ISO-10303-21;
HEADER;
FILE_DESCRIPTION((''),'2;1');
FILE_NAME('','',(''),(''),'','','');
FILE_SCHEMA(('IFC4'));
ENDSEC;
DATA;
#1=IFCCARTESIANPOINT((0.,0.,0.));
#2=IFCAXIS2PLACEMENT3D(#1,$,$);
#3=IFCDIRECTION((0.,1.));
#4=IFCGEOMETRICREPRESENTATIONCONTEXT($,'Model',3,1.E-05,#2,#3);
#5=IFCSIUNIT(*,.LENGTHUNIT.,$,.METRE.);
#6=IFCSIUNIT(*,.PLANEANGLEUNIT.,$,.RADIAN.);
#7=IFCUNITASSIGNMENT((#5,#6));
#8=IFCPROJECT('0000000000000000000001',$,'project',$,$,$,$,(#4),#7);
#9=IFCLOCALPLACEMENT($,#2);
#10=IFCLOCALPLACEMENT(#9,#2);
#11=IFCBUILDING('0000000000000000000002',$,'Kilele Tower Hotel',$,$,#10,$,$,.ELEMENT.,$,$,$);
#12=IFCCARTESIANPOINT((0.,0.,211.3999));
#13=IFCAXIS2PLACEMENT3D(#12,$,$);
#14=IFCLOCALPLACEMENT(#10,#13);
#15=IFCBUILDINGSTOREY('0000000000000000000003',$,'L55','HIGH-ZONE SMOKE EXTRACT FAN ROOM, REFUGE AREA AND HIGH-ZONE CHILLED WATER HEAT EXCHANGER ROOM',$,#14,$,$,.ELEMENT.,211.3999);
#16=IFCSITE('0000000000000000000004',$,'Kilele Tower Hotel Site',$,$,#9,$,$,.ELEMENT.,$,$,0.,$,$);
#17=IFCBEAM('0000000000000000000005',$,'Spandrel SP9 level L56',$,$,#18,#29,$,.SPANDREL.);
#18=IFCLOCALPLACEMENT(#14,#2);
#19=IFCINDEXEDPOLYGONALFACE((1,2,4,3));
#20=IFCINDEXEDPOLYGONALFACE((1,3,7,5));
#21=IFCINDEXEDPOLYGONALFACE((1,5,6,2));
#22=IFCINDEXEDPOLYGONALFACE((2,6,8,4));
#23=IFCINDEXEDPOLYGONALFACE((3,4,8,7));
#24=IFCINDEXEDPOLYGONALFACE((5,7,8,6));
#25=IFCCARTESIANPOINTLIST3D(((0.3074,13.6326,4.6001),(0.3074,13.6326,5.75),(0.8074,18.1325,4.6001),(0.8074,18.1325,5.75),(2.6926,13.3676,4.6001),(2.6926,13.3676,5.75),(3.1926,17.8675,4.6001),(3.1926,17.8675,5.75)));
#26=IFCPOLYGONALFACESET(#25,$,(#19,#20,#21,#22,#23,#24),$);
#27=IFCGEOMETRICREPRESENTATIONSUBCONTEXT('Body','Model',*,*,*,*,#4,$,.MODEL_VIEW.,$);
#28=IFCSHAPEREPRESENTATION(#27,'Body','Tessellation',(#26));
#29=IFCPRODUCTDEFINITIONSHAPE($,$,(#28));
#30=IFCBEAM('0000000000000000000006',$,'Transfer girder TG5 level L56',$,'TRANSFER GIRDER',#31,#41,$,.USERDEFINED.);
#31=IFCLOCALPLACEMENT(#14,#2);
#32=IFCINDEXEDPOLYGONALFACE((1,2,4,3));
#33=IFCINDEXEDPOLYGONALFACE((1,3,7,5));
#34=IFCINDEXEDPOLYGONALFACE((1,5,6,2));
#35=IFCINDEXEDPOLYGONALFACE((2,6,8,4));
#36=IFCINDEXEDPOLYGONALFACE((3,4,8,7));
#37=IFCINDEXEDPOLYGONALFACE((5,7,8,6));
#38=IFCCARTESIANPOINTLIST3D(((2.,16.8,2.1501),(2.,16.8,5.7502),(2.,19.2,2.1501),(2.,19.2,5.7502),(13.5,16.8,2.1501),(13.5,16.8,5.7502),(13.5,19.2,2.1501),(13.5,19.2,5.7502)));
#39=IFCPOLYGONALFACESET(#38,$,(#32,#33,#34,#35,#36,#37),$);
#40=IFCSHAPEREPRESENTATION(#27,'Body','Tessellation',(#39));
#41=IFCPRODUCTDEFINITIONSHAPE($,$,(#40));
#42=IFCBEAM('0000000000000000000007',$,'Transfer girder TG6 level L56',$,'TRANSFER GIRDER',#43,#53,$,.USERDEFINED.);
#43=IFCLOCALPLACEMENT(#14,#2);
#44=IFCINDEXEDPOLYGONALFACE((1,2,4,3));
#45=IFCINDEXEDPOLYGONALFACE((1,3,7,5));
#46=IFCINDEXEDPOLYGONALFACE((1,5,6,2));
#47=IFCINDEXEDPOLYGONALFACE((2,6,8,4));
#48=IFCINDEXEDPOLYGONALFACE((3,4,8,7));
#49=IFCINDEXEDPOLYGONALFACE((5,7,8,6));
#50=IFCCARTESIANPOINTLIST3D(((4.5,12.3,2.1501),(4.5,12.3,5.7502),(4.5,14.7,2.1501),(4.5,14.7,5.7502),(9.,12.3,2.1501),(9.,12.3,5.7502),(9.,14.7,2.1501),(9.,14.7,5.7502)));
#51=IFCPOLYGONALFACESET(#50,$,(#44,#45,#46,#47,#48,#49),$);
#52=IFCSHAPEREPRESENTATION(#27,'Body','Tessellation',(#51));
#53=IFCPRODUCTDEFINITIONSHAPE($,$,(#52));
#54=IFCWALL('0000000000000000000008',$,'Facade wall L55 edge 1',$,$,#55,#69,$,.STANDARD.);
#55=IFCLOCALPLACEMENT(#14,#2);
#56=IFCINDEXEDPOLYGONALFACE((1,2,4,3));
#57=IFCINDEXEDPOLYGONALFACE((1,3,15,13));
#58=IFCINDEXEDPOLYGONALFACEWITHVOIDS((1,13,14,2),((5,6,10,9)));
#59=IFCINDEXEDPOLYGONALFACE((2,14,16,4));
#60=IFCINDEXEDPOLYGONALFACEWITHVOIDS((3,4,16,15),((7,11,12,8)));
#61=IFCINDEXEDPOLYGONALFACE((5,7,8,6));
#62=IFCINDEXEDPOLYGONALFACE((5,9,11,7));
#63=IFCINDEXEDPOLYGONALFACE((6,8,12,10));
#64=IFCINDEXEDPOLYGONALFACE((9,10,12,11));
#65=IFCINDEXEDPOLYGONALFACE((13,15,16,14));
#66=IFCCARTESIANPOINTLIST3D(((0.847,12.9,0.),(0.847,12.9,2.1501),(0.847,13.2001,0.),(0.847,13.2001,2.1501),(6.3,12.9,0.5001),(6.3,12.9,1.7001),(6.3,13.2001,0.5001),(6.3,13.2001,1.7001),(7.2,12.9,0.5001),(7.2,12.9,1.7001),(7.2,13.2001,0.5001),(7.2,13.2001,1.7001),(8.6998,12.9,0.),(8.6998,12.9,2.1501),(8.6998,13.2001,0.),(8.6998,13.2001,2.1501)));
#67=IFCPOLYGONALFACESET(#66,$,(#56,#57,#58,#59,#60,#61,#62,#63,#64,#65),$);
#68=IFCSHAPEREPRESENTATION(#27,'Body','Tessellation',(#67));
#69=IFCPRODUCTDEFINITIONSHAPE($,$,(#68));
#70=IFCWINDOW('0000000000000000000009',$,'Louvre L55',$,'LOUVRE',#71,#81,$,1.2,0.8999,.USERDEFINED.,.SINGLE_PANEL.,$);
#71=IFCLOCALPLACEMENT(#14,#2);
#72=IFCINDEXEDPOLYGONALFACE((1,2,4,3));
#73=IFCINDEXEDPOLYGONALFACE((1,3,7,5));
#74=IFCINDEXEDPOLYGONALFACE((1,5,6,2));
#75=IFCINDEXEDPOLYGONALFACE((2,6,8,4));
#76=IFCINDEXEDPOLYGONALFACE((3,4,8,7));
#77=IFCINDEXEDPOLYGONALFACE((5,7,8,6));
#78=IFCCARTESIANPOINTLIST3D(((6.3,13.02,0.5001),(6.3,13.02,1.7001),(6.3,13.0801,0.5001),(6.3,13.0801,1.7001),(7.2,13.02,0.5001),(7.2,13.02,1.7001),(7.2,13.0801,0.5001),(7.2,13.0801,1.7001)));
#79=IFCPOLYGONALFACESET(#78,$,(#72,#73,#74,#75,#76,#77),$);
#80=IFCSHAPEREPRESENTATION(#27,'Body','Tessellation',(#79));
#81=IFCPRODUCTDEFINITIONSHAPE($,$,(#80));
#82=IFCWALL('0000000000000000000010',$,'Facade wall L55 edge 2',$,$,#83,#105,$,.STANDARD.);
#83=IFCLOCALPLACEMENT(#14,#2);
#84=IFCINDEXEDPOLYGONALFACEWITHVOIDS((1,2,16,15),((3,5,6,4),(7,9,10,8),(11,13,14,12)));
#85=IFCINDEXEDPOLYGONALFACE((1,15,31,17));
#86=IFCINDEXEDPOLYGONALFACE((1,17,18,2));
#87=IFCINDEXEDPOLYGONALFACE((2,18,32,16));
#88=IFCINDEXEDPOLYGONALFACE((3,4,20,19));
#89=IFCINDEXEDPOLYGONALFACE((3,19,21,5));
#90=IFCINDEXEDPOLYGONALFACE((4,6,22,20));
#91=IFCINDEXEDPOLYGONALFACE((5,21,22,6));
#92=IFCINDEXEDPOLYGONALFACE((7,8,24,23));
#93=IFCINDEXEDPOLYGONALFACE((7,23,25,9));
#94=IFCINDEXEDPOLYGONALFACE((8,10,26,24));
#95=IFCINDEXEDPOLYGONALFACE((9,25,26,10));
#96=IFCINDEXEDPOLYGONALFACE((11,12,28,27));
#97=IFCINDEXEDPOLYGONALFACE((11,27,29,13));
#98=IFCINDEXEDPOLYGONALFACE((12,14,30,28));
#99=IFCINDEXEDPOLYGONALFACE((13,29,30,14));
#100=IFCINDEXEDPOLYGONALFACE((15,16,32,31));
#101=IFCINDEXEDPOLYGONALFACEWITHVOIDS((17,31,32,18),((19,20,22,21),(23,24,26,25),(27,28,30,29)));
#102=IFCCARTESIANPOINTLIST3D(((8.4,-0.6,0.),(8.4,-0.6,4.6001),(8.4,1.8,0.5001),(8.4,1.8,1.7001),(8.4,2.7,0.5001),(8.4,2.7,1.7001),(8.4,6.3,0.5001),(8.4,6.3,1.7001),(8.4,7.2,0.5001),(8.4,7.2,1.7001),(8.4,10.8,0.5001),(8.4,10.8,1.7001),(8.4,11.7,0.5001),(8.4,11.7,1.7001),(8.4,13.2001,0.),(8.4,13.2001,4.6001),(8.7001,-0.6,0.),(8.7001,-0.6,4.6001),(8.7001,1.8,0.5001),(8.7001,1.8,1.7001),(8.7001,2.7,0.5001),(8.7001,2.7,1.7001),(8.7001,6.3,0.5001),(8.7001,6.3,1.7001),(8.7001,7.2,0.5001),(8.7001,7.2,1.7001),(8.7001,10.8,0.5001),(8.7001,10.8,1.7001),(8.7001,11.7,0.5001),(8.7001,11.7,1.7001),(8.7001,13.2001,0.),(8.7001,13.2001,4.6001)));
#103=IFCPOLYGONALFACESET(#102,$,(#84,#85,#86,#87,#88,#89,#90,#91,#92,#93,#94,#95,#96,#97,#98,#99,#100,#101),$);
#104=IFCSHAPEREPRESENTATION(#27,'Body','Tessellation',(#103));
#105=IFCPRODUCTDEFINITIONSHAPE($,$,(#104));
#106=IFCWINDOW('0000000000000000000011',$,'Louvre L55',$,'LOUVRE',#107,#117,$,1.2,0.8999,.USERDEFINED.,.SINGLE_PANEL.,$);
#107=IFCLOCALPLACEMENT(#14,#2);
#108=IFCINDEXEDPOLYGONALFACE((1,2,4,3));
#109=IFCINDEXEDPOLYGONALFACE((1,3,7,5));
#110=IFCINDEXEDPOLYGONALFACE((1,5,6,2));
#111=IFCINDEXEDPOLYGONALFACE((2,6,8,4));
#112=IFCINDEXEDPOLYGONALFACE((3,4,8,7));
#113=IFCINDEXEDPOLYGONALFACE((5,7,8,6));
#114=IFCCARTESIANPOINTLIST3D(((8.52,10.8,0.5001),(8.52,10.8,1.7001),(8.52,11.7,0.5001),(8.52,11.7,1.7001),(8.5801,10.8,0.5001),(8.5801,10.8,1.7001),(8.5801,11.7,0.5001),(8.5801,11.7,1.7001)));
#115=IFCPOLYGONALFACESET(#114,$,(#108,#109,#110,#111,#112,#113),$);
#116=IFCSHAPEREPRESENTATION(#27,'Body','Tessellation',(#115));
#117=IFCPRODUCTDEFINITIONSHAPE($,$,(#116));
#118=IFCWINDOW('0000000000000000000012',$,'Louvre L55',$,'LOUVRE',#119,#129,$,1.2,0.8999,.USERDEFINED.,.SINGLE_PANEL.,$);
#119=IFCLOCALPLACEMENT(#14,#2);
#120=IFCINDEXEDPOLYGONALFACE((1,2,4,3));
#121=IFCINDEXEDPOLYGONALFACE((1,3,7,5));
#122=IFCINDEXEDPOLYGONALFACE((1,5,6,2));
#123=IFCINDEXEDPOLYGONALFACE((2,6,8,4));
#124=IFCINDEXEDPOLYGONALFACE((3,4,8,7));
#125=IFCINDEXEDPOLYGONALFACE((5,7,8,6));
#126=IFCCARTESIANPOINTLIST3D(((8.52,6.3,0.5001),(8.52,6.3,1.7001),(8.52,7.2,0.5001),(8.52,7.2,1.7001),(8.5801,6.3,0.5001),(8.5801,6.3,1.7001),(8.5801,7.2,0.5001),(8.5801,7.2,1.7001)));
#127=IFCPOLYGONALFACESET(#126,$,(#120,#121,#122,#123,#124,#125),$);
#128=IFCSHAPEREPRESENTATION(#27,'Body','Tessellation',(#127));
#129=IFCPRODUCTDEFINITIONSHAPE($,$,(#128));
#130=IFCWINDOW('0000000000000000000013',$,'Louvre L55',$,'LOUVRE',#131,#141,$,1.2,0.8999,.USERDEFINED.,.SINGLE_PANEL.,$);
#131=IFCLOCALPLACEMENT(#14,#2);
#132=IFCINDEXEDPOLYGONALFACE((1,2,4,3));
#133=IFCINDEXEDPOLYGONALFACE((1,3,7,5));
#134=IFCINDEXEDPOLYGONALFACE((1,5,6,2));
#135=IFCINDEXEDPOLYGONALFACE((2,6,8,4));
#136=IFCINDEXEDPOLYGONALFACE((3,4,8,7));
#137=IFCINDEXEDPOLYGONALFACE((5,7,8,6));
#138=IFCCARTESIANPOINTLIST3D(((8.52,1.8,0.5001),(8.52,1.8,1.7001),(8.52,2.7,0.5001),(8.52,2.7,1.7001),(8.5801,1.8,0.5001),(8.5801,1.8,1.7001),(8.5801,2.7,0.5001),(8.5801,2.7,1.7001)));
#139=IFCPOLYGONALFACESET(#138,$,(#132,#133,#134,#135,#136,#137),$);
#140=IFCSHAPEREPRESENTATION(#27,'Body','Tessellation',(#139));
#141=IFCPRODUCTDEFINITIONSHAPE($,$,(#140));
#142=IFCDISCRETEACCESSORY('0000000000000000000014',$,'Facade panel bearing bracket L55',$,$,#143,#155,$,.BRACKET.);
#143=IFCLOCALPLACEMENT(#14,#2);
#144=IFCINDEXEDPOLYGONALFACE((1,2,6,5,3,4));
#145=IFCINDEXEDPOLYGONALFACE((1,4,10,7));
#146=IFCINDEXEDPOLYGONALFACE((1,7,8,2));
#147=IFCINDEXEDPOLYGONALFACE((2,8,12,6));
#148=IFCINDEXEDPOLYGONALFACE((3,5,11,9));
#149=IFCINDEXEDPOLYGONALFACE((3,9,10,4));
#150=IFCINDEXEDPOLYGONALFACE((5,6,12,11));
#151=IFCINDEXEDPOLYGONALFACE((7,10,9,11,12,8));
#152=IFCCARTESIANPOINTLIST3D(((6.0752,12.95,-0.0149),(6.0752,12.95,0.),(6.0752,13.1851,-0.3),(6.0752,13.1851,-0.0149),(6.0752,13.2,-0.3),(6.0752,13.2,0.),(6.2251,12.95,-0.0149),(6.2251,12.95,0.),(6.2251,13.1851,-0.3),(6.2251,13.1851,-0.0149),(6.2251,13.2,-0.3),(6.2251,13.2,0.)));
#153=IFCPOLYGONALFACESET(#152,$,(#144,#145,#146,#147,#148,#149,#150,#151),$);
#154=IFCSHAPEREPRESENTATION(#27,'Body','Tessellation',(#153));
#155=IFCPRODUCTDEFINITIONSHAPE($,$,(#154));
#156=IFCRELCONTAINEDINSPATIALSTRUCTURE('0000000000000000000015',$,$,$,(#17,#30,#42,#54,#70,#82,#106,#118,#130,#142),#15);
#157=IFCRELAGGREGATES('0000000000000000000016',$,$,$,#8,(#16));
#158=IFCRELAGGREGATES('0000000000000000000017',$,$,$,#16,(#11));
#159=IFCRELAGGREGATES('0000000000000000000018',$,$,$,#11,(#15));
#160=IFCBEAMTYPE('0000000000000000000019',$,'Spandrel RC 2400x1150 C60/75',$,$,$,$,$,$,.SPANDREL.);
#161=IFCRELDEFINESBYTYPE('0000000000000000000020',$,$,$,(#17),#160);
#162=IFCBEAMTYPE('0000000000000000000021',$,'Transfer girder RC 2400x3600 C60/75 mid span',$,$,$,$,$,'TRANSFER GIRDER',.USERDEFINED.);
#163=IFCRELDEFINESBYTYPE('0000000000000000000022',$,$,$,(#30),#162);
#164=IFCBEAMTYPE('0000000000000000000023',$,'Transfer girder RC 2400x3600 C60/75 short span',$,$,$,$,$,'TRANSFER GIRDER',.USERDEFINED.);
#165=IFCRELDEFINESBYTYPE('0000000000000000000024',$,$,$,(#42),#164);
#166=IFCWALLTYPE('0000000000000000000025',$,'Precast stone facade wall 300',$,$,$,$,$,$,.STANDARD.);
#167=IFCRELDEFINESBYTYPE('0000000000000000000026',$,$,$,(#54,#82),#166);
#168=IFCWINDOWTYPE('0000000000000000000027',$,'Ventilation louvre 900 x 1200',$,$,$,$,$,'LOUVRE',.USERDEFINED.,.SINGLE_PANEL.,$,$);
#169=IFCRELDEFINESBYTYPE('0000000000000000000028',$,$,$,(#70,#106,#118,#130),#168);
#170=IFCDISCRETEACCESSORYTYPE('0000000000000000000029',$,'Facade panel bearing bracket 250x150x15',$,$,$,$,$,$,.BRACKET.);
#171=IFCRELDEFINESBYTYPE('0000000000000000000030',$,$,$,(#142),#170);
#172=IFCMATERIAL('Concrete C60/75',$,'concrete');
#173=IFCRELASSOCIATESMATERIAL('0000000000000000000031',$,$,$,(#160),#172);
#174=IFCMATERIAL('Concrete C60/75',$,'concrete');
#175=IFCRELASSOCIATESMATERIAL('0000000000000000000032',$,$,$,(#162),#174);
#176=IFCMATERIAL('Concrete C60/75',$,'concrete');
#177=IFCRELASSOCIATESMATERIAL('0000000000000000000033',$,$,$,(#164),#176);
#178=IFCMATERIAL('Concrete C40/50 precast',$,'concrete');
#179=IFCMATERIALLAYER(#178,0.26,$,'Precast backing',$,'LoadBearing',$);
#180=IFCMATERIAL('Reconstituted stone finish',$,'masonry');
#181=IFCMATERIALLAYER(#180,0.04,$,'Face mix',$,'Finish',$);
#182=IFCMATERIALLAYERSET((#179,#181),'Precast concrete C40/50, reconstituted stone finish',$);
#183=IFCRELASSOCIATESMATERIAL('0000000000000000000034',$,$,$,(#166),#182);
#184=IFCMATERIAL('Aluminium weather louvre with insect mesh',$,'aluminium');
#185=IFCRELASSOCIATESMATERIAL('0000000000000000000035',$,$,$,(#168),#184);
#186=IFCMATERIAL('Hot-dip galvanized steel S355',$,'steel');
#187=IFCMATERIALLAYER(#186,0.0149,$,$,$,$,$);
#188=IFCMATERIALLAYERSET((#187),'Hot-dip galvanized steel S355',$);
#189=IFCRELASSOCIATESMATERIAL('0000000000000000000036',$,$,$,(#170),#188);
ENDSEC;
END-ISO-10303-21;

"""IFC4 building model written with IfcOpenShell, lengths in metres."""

from ifc_helpers import new_model, si_unit, direction, frame, frame_2d, origin, origin_2d, place, context, subcontext, project, spatial, polyline, rectangle, outline, extrude, source, transform, mapped, material, layer, layer_set, material_profile, profile_set, type_object, element, fill, save


model = new_model("IFC4")

# Units and contexts
model_context = context("Model", 3, precision=1e-05, world=origin(), true_north=direction((0.0, 1.0)))
body_context = subcontext(model_context, "Body", "Model", "MODEL_VIEW")
ifc_project = project(units=[si_unit("LENGTHUNIT", "METRE"), si_unit("PLANEANGLEUNIT", "RADIAN")], contexts=[model_context])

# Site, building, storey
site_placement = place(None, origin())
site = spatial("IfcSite", under=ifc_project, at=site_placement, Name="Kilele Tower Hotel Site", CompositionType="ELEMENT", RefElevation=0.0)
building_placement = place(site_placement, origin())
building = spatial("IfcBuilding", under=site, at=building_placement, Name="Kilele Tower Hotel", CompositionType="ELEMENT")
storey_placement = place(building_placement, frame((0.0, 0.0, 211.3999)))
storey = spatial("IfcBuildingStorey", under=building, at=storey_placement, Name="L55", Description="HIGH-ZONE SMOKE EXTRACT FAN ROOM, REFUGE AREA AND HIGH-ZONE CHILLED WATER HEAT EXCHANGER ROOM", CompositionType="ELEMENT", Elevation=211.3999)

# Beams
ifc_material_1 = material(Name="Concrete C60/75", Category="concrete")
ifc_material_profile_1 = material_profile(ifc_material_1, rectangle(XDim=2.3999, YDim=1.1499, at=origin_2d()))
ifc_profile_set_1 = profile_set([ifc_material_profile_1], Name="Concrete C60/75")
beam_type_1 = type_object("IfcBeamType", Name="Spandrel RC 2400x1150 C60/75", PredefinedType="SPANDREL", material=ifc_profile_set_1)
beam_1_placement = place(storey_placement, frame((2.0, 18.0, 5.175), z_axis=(-0.110432, -0.993884, 0.0), x_axis=(0.993884, -0.110432, 0.0)))
element("IfcBeam", 1, at=beam_1_placement, inside=storey, type_object=beam_type_1, Name="Spandrel SP9 level L56", PredefinedType="SPANDREL", context=body_context, shape_type="SweptSolid", body=[
    extrude(rectangle(XDim=2.3999, YDim=1.1499, at=origin_2d()), origin(), (0.0, 0.0, 1.0), 4.5276),
])
ifc_material_2 = material(Name="Concrete C60/75", Category="concrete")
ifc_material_profile_2 = material_profile(ifc_material_2, rectangle(XDim=2.3999, YDim=3.6001, at=origin_2d()))
ifc_profile_set_2 = profile_set([ifc_material_profile_2], Name="Concrete C60/75")
beam_type_2 = type_object("IfcBeamType", Name="Transfer girder RC 2400x3600 C60/75 mid span", ElementType="TRANSFER GIRDER", PredefinedType="USERDEFINED", material=ifc_profile_set_2)
beam_2_placement = place(storey_placement, frame((2.0, 18.0, 3.9502), z_axis=(1.0, 0.0, 0.0), x_axis=(0.0, 1.0, 0.0)))
element("IfcBeam", 2, at=beam_2_placement, inside=storey, type_object=beam_type_2, Name="Transfer girder TG5 level L56", ObjectType="TRANSFER GIRDER", PredefinedType="USERDEFINED", context=body_context, shape_type="SweptSolid", body=[
    extrude(rectangle(XDim=2.3999, YDim=3.6001, at=origin_2d()), origin(), (0.0, 0.0, 1.0), 11.5),
])
ifc_material_3 = material(Name="Concrete C60/75", Category="concrete")
ifc_material_profile_3 = material_profile(ifc_material_3, rectangle(XDim=2.3999, YDim=3.6001, at=origin_2d()))
ifc_profile_set_3 = profile_set([ifc_material_profile_3], Name="Concrete C60/75")
beam_type_3 = type_object("IfcBeamType", Name="Transfer girder RC 2400x3600 C60/75 short span", ElementType="TRANSFER GIRDER", PredefinedType="USERDEFINED", material=ifc_profile_set_3)
beam_3_placement = place(storey_placement, frame((4.5, 13.5, 3.9502), z_axis=(1.0, 0.0, 0.0), x_axis=(0.0, 1.0, 0.0)))
element("IfcBeam", 3, at=beam_3_placement, inside=storey, type_object=beam_type_3, Name="Transfer girder TG6 level L56", ObjectType="TRANSFER GIRDER", PredefinedType="USERDEFINED", context=body_context, shape_type="SweptSolid", body=[
    extrude(rectangle(XDim=2.3999, YDim=3.6001, at=origin_2d()), origin(), (0.0, 0.0, 1.0), 4.5),
])

# Wall, opening, window
ifc_material_4 = material(Name="Concrete C40/50 precast", Category="concrete")
ifc_layer_1 = layer(ifc_material_4, 0.26, Name="Precast backing", Category="LoadBearing")
ifc_material_5 = material(Name="Reconstituted stone finish", Category="masonry")
ifc_layer_2 = layer(ifc_material_5, 0.04, Name="Face mix", Category="Finish")
ifc_layer_set_1 = layer_set([ifc_layer_1, ifc_layer_2], Name="Precast concrete C40/50, reconstituted stone finish")
wall_type = type_object("IfcWallType", Name="Precast stone facade wall 300", PredefinedType="STANDARD", material=ifc_layer_set_1)
wall_1_placement = place(storey_placement, frame((0.8472, 13.05, 0.0), z_axis=(0.0, 0.0, 1.0), x_axis=(1.0, 0.0, 0.0)))
wall_1 = element("IfcWall", 4, at=wall_1_placement, inside=storey, type_object=wall_type, Name="Facade wall L55 edge 1", PredefinedType="STANDARD", context=body_context, shape_type="SweptSolid", body=[
    extrude(rectangle(XDim=7.8528, YDim=0.3, at=frame_2d((3.9263, 0.0))), origin(), (0.0, 0.0, 1.0), 2.1501),
])
opening_1_placement = place(wall_1_placement, frame((5.4529, 0.0, 0.5)))
opening_1 = element("IfcOpeningElement", 5, at=opening_1_placement, cuts=wall_1, PredefinedType="OPENING", context=body_context, shape_type="SweptSolid", body=[
    extrude(rectangle(XDim=0.8999, YDim=1.2, at=frame_2d((0.45, 0.6001))), frame((0.0, 0.1599, 0.0), z_axis=(0.0, -1.0, 0.0), x_axis=(1.0, 0.0, 0.0)), (0.0, 0.0, 1.0), 0.3201),
])
ifc_material_6 = material(Name="Aluminium weather louvre with insect mesh", Category="aluminium")
window_type = type_object("IfcWindowType", Name="Ventilation louvre 900 x 1200", ElementType="LOUVRE", PartitioningType="SINGLE_PANEL", PredefinedType="USERDEFINED", material=ifc_material_6)
window_1_placement = place(opening_1_placement, origin())
window_1 = element("IfcWindow", 6, at=window_1_placement, inside=storey, type_object=window_type, Name="Louvre L55", ObjectType="LOUVRE", OverallHeight=1.2, OverallWidth=0.8999, PartitioningType="SINGLE_PANEL", PredefinedType="USERDEFINED", context=body_context, shape_type="SweptSolid", body=[
    extrude(rectangle(XDim=0.8999, YDim=1.2, at=frame_2d((0.45, 0.6001))), frame((0.0, 0.03, 0.0), z_axis=(0.0, -1.0, 0.0), x_axis=(1.0, 0.0, 0.0)), (0.0, 0.0, 1.0), 0.0601),
])
fill(opening_1, window_1)

# Wall, openings, windows
wall_2_placement = place(storey_placement, frame((8.55, 13.2, 0.0), z_axis=(0.0, 0.0, 1.0), x_axis=(0.0, -1.0, 0.0)))
wall_2 = element("IfcWall", 7, at=wall_2_placement, inside=storey, type_object=wall_type, Name="Facade wall L55 edge 2", PredefinedType="STANDARD", context=body_context, shape_type="SweptSolid", body=[
    extrude(rectangle(XDim=13.8, YDim=0.3, at=frame_2d((6.8999, 0.0))), origin(), (0.0, 0.0, 1.0), 4.6001),
])
opening_2_placement = place(wall_2_placement, frame((1.5, 0.0, 0.5)))
opening_2 = element("IfcOpeningElement", 8, at=opening_2_placement, cuts=wall_2, PredefinedType="OPENING", context=body_context, shape_type="SweptSolid", body=[
    extrude(rectangle(XDim=0.8999, YDim=1.2, at=frame_2d((0.45, 0.6001))), frame((0.0, 0.1599, 0.0), z_axis=(0.0, -1.0, 0.0), x_axis=(1.0, 0.0, 0.0)), (0.0, 0.0, 1.0), 0.3201),
])
opening_3_placement = place(wall_2_placement, frame((6.0, 0.0, 0.5)))
opening_3 = element("IfcOpeningElement", 9, at=opening_3_placement, cuts=wall_2, PredefinedType="OPENING", context=body_context, shape_type="SweptSolid", body=[
    extrude(rectangle(XDim=0.8999, YDim=1.2, at=frame_2d((0.45, 0.6001))), frame((0.0, 0.1599, 0.0), z_axis=(0.0, -1.0, 0.0), x_axis=(1.0, 0.0, 0.0)), (0.0, 0.0, 1.0), 0.3201),
])
opening_4_placement = place(wall_2_placement, frame((10.5, 0.0, 0.5)))
opening_4 = element("IfcOpeningElement", 10, at=opening_4_placement, cuts=wall_2, PredefinedType="OPENING", context=body_context, shape_type="SweptSolid", body=[
    extrude(rectangle(XDim=0.8999, YDim=1.2, at=frame_2d((0.45, 0.6001))), frame((0.0, 0.1599, 0.0), z_axis=(0.0, -1.0, 0.0), x_axis=(1.0, 0.0, 0.0)), (0.0, 0.0, 1.0), 0.3201),
])
window_2_placement = place(opening_2_placement, origin())
window_2 = element("IfcWindow", 11, at=window_2_placement, inside=storey, type_object=window_type, Name="Louvre L55", ObjectType="LOUVRE", OverallHeight=1.2, OverallWidth=0.8999, PartitioningType="SINGLE_PANEL", PredefinedType="USERDEFINED", context=body_context, shape_type="SweptSolid", body=[
    extrude(rectangle(XDim=0.8999, YDim=1.2, at=frame_2d((0.45, 0.6001))), frame((0.0, 0.03, 0.0), z_axis=(0.0, -1.0, 0.0), x_axis=(1.0, 0.0, 0.0)), (0.0, 0.0, 1.0), 0.0601),
])
fill(opening_2, window_2)
window_3_placement = place(opening_3_placement, origin())
window_3 = element("IfcWindow", 12, at=window_3_placement, inside=storey, type_object=window_type, Name="Louvre L55", ObjectType="LOUVRE", OverallHeight=1.2, OverallWidth=0.8999, PartitioningType="SINGLE_PANEL", PredefinedType="USERDEFINED", context=body_context, shape_type="SweptSolid", body=[
    extrude(rectangle(XDim=0.8999, YDim=1.2, at=frame_2d((0.45, 0.6001))), frame((0.0, 0.03, 0.0), z_axis=(0.0, -1.0, 0.0), x_axis=(1.0, 0.0, 0.0)), (0.0, 0.0, 1.0), 0.0601),
])
fill(opening_3, window_3)
window_4_placement = place(opening_4_placement, origin())
window_4 = element("IfcWindow", 13, at=window_4_placement, inside=storey, type_object=window_type, Name="Louvre L55", ObjectType="LOUVRE", OverallHeight=1.2, OverallWidth=0.8999, PartitioningType="SINGLE_PANEL", PredefinedType="USERDEFINED", context=body_context, shape_type="SweptSolid", body=[
    extrude(rectangle(XDim=0.8999, YDim=1.2, at=frame_2d((0.45, 0.6001))), frame((0.0, 0.03, 0.0), z_axis=(0.0, -1.0, 0.0), x_axis=(1.0, 0.0, 0.0)), (0.0, 0.0, 1.0), 0.0601),
])
fill(opening_4, window_4)

# Discrete accessory
ifc_material_7 = material(Name="Hot-dip galvanized steel S355", Category="steel")
ifc_layer_3 = layer(ifc_material_7, 0.0149)
ifc_layer_set_2 = layer_set([ifc_layer_3], Name="Hot-dip galvanized steel S355")
discrete_accessory_type_1 = type_object("IfcDiscreteAccessoryType", Name="Facade panel bearing bracket 250x150x15", PredefinedType="BRACKET", material=ifc_layer_set_2)
shared_shape_1 = source(origin(), body_context, "Body", "SweptSolid", [
    extrude(outline(polyline([(0.0, 0.0), (0.25, 0.0), (0.25, -0.0149), (0.0149, -0.0149), (0.0149, -0.3), (0.0, -0.3), (0.0, 0.0)])), origin(), (0.0, 0.0, 1.0), 0.1499),
])
for number, where, z_axis, x_axis, name in (
    (14, (6.2251, 13.2, 0.0), (-1.0, 0.0, 0.0), (0.0, -1.0, 0.0), "Facade panel bearing bracket L55"),
):
    element("IfcDiscreteAccessory", number, at=place(storey_placement, frame(where, z_axis=z_axis, x_axis=x_axis)), inside=storey, type_object=discrete_accessory_type_1, Name=name, PredefinedType="BRACKET", context=body_context, shape_type="MappedRepresentation", body=[
        mapped(shared_shape_1, transform((0.0, 0.0, 0.0))),
    ])

save(model, "model.ifc")
